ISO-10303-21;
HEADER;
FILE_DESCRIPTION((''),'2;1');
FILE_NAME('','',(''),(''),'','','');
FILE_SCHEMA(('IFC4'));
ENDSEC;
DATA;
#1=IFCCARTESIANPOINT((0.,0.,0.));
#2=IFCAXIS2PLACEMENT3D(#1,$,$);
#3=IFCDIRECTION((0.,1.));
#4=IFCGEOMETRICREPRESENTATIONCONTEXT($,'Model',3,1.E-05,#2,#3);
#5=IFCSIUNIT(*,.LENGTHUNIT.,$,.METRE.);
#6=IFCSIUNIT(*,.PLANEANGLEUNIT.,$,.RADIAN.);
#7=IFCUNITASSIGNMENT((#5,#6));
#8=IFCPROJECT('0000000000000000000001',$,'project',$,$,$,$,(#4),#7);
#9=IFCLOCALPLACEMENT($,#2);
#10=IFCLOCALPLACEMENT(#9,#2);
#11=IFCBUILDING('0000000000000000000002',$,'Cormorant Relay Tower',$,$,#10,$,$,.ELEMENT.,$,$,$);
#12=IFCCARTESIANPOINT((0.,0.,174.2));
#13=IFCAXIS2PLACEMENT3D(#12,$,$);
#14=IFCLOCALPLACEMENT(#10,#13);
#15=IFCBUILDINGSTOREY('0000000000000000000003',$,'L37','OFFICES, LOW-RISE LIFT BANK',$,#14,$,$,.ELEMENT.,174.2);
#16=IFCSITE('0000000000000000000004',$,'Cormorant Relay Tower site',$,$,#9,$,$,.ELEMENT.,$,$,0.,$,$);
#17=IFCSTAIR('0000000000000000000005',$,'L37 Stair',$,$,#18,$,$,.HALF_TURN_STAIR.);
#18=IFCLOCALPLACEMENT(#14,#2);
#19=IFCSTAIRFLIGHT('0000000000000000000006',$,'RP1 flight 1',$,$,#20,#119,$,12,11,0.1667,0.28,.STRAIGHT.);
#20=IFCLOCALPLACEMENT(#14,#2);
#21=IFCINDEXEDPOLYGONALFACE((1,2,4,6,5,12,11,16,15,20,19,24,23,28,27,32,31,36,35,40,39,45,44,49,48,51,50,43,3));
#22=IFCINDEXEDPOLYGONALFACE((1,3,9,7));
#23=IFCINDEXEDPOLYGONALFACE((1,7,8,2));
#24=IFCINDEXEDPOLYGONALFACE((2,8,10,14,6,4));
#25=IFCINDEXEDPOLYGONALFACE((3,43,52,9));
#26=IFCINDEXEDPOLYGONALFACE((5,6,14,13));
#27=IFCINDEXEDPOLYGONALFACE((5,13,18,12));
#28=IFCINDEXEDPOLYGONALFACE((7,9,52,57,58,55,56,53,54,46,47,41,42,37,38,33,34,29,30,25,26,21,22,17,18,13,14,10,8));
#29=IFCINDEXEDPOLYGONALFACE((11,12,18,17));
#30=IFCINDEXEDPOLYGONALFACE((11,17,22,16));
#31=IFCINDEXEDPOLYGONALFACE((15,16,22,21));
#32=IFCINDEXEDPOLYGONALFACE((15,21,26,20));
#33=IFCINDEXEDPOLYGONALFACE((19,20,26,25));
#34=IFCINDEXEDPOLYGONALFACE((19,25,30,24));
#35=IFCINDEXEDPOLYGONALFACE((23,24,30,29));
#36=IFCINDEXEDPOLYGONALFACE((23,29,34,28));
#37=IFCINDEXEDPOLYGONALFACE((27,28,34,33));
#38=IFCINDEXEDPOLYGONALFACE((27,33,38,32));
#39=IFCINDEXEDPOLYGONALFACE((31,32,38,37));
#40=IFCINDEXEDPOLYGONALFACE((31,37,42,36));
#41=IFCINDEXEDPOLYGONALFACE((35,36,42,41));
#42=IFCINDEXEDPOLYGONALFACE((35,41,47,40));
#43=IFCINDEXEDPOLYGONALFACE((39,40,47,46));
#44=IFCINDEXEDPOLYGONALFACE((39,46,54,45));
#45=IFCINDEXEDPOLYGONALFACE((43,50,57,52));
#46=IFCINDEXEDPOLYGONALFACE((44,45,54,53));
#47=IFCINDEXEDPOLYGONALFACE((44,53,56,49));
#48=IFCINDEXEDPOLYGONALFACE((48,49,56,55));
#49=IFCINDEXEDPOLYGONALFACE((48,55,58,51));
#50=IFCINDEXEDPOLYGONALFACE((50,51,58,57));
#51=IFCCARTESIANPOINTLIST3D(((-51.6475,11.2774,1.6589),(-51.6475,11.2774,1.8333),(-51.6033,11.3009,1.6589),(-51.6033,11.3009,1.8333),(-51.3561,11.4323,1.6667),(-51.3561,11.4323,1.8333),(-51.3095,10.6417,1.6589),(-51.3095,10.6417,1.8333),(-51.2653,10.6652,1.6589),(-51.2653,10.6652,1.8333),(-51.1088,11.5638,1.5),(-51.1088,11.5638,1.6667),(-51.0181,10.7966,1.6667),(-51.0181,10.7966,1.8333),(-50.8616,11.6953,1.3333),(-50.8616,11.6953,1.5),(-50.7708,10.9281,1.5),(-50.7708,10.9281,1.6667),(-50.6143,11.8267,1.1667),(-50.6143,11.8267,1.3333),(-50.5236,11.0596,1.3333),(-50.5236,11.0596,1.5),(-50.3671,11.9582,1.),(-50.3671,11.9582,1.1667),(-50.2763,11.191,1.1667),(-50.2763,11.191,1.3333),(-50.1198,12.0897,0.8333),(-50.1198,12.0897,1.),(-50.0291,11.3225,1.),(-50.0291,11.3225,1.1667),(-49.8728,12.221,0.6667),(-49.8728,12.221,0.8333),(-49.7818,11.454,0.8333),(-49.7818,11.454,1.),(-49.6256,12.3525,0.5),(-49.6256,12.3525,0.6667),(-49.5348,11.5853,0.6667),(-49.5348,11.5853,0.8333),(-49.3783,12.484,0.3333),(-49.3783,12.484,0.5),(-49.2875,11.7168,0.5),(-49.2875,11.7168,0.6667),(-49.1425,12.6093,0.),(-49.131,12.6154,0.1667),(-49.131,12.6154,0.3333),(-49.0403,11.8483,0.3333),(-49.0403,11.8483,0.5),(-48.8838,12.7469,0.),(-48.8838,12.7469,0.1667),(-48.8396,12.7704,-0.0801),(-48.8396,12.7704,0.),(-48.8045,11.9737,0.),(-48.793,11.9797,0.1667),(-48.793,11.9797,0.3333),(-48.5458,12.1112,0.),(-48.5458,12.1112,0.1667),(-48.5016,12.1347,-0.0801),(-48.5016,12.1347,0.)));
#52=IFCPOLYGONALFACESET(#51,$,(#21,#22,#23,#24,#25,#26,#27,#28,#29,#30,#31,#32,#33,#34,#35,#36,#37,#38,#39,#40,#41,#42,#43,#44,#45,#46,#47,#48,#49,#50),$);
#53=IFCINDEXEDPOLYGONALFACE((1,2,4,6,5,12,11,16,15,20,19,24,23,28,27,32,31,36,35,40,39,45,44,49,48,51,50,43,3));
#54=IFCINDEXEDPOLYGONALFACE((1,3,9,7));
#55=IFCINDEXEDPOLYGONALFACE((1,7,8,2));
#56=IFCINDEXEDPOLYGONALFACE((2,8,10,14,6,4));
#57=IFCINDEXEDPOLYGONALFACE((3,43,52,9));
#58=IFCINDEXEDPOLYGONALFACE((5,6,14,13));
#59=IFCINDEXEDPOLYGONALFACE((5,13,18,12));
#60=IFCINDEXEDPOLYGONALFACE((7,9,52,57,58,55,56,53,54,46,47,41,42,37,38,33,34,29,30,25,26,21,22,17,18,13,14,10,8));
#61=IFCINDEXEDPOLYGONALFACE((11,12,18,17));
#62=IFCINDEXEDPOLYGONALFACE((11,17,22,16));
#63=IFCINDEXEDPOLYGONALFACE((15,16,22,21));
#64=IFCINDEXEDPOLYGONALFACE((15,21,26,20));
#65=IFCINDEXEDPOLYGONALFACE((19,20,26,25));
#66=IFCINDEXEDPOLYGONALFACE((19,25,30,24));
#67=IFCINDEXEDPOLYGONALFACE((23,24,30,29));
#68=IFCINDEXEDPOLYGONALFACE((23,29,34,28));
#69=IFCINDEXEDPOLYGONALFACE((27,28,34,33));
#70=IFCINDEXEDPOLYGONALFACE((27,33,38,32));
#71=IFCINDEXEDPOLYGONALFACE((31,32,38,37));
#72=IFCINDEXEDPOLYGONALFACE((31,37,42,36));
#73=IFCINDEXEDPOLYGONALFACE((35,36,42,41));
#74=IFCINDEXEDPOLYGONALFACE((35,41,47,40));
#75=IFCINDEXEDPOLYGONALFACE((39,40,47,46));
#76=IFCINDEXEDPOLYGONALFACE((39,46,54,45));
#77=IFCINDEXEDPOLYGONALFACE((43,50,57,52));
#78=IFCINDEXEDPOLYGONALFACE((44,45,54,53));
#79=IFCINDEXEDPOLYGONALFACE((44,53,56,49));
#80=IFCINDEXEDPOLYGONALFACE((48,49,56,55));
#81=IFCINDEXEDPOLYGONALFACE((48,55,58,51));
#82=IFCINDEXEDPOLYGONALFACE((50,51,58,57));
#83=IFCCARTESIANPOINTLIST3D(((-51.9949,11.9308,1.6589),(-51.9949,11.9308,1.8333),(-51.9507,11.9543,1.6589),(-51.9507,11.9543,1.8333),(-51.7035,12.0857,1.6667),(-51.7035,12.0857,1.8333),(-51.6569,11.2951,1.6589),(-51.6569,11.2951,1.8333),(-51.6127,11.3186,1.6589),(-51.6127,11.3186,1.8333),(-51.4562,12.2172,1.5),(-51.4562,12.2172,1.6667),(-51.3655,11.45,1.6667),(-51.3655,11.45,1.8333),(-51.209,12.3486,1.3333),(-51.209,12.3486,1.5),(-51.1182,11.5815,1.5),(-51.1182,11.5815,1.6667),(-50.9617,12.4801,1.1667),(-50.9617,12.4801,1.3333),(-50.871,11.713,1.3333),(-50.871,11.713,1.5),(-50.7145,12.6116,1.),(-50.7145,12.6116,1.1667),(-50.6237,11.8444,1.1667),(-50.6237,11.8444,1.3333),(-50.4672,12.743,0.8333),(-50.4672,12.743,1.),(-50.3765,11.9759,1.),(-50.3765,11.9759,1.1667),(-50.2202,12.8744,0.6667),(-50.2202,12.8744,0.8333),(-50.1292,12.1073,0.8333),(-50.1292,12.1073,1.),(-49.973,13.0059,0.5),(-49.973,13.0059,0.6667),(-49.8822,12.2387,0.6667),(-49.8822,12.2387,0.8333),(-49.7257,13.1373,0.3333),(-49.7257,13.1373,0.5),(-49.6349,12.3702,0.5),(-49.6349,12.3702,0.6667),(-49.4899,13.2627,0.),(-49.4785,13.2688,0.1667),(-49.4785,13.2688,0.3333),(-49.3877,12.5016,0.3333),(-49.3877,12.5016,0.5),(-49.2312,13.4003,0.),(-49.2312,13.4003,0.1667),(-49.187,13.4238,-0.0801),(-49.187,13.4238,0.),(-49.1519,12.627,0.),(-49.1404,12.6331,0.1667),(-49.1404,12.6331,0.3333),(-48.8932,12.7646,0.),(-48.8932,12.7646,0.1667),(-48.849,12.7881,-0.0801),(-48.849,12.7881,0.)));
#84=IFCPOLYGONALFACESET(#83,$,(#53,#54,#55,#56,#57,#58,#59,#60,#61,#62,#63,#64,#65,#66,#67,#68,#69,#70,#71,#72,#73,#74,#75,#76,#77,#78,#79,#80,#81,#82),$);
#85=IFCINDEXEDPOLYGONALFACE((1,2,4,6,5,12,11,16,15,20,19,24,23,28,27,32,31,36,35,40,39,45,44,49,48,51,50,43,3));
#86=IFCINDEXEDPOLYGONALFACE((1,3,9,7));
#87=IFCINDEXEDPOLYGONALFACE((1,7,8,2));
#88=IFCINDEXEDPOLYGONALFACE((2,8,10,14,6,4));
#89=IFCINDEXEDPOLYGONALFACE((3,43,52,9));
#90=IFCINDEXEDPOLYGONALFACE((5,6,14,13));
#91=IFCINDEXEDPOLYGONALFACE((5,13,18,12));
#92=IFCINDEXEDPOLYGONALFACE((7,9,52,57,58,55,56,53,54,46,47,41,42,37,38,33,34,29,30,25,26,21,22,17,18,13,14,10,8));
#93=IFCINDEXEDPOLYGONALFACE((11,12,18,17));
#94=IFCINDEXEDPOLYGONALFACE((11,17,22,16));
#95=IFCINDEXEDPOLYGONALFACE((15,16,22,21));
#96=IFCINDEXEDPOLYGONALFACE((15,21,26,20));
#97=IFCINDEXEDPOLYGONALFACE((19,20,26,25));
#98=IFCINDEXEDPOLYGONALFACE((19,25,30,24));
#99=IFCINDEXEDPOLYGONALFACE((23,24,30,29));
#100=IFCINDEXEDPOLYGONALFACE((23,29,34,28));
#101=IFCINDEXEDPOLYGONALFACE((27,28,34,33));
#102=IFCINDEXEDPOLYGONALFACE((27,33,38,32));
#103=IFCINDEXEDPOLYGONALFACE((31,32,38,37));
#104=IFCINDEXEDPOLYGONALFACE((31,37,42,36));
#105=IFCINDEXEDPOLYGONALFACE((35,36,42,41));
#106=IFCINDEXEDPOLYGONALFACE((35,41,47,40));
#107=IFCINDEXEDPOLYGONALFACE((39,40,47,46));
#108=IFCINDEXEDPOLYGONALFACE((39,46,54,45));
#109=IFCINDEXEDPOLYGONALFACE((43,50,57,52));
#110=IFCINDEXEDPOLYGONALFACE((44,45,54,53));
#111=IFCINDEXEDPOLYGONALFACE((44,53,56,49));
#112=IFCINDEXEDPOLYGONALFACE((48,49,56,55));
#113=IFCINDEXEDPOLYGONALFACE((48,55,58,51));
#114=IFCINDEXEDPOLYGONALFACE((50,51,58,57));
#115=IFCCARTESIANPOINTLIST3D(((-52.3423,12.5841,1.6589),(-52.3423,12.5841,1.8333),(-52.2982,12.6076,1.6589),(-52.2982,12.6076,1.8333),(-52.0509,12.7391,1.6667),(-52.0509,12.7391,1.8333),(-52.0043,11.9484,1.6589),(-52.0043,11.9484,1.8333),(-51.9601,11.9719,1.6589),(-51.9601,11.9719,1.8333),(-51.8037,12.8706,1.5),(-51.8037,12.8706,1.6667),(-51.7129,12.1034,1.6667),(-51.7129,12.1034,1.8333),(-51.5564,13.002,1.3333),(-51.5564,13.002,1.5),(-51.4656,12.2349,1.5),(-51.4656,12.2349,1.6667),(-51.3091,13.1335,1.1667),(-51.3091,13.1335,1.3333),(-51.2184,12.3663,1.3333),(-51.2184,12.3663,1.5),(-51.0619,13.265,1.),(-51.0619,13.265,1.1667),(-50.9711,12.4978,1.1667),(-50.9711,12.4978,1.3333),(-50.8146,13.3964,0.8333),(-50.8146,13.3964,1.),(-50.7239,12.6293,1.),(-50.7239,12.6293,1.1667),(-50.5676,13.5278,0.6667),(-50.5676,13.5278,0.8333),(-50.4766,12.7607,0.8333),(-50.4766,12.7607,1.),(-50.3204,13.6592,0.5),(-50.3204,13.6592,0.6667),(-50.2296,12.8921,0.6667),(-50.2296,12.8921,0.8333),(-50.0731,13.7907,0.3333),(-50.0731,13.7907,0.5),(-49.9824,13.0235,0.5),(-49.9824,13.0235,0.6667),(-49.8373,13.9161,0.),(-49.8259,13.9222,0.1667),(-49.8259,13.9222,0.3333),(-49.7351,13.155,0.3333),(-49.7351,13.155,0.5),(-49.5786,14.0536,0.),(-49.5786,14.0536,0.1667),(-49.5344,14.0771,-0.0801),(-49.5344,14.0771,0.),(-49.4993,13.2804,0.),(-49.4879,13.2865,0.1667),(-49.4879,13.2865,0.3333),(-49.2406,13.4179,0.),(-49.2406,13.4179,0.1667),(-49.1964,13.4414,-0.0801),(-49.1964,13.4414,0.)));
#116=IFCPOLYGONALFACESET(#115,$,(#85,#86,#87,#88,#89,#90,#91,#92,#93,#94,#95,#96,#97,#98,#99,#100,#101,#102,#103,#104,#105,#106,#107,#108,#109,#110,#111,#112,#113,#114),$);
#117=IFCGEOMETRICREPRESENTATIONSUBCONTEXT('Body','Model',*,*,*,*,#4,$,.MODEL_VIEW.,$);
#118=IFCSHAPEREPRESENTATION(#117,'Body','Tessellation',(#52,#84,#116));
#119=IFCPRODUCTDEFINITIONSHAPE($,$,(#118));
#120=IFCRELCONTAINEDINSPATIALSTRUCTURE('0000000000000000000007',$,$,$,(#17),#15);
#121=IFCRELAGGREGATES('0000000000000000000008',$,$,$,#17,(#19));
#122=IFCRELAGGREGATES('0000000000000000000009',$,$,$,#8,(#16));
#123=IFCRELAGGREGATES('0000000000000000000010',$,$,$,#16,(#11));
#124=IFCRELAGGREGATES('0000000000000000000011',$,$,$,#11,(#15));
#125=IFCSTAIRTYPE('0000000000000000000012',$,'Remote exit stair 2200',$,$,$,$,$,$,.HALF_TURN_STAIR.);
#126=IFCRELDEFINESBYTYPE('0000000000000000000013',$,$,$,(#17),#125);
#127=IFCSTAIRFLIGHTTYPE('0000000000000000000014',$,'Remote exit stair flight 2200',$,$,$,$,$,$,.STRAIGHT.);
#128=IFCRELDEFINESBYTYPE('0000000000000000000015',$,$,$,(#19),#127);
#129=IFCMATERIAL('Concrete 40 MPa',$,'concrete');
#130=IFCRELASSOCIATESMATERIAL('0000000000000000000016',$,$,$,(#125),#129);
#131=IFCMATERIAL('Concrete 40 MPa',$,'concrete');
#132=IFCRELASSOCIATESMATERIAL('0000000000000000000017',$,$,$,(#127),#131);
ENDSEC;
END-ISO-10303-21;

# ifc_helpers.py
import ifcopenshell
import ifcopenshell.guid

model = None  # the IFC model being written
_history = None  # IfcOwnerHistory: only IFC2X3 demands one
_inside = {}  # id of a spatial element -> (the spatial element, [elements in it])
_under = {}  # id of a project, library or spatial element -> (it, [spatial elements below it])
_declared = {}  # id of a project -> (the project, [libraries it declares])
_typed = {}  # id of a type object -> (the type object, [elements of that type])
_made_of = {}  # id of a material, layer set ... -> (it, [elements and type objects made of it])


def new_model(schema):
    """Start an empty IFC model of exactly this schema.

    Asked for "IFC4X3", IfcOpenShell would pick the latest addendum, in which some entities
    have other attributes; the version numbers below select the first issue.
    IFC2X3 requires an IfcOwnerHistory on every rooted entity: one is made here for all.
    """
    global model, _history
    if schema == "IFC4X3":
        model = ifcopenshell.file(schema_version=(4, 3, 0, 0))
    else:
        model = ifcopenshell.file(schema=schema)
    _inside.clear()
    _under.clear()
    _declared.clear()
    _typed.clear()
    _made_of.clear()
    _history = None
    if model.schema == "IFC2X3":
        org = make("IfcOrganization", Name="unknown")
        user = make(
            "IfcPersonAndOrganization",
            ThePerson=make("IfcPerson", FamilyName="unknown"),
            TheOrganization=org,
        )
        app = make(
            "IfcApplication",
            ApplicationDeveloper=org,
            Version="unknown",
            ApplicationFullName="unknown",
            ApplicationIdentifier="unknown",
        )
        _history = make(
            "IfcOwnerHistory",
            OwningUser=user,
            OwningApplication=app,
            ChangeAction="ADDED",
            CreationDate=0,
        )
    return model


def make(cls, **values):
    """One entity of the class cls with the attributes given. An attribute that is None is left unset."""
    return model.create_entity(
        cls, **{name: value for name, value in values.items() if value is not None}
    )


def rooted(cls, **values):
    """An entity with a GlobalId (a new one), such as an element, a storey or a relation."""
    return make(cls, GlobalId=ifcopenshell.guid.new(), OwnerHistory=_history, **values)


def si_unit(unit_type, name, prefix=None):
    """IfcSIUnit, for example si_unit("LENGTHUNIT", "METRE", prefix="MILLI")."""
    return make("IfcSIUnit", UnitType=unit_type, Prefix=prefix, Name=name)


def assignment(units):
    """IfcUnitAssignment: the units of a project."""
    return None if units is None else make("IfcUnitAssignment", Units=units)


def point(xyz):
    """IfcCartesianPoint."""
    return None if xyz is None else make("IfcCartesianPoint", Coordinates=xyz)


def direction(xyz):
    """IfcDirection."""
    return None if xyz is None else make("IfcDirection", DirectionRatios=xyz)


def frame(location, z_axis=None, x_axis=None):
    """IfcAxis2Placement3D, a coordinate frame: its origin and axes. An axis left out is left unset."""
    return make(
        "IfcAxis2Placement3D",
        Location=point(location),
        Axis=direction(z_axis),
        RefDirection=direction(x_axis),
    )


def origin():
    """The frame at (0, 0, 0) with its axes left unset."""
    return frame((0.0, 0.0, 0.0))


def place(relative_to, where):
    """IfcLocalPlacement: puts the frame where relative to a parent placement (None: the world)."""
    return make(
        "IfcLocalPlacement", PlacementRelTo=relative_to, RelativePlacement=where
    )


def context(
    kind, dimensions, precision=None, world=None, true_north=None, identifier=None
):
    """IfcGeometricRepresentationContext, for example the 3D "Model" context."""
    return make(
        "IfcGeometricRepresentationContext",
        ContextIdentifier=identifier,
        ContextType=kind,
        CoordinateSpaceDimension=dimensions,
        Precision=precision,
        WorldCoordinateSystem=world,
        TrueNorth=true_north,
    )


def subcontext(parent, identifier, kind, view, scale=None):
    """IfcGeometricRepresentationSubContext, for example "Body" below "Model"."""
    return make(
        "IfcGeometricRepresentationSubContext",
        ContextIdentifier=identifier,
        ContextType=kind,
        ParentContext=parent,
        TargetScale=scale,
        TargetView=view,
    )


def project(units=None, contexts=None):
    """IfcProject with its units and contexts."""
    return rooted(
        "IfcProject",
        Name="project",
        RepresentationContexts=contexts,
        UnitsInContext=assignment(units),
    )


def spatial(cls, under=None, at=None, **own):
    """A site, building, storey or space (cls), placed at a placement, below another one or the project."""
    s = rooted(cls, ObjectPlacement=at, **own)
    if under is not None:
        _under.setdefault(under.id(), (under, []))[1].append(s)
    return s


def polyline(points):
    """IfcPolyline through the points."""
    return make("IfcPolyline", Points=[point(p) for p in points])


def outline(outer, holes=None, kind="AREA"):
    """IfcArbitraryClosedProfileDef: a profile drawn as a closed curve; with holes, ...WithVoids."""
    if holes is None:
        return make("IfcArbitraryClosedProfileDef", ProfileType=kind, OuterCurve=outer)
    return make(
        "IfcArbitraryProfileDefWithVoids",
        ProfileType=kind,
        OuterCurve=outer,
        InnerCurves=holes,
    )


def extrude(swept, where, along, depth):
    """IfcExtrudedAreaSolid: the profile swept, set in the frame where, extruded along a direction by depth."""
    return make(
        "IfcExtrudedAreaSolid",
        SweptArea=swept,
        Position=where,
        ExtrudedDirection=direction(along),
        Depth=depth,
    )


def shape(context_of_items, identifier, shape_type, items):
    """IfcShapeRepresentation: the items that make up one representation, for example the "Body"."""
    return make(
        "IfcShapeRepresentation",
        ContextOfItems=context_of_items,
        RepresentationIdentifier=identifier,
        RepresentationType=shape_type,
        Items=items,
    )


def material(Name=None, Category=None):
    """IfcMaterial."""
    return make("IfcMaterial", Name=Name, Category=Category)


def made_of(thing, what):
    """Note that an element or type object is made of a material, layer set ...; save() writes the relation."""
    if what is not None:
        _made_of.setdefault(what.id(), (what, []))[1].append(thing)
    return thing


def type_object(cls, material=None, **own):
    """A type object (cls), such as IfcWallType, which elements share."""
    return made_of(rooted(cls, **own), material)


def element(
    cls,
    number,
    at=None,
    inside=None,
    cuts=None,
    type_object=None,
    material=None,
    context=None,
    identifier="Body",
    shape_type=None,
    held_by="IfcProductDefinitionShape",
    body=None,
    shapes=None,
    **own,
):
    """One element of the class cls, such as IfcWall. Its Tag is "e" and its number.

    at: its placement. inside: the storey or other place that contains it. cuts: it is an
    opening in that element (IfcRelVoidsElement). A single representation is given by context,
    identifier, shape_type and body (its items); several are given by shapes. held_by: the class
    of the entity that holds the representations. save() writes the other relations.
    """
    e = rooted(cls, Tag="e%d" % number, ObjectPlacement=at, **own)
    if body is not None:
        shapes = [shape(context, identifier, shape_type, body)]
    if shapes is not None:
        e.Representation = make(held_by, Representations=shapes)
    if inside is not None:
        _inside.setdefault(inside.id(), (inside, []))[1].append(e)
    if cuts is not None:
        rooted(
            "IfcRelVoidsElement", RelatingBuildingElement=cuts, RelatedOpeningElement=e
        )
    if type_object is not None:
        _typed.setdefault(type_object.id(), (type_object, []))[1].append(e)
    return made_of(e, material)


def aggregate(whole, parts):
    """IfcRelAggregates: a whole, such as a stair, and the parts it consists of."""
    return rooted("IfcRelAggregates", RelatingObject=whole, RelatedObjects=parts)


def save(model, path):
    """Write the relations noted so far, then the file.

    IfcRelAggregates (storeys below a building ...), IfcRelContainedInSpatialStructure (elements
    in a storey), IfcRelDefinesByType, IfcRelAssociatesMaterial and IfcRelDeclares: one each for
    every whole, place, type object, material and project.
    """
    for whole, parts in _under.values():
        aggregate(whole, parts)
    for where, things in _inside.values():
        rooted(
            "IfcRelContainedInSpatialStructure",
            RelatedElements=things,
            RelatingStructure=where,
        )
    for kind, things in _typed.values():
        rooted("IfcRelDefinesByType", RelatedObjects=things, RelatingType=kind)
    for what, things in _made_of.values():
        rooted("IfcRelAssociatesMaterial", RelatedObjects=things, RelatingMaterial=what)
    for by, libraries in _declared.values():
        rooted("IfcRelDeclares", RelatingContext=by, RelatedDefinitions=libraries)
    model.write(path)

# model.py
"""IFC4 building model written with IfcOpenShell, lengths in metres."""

from ifc_helpers import new_model, si_unit, direction, frame, origin, place, context, subcontext, project, spatial, polyline, outline, extrude, material, type_object, element, aggregate, save


model = new_model("IFC4")

# Units and contexts
model_context = context("Model", 3, precision=1e-05, world=origin(), true_north=direction((0.0, 1.0)))
body_context = subcontext(model_context, "Body", "Model", "MODEL_VIEW")
ifc_project = project(units=[si_unit("LENGTHUNIT", "METRE"), si_unit("PLANEANGLEUNIT", "RADIAN")], contexts=[model_context])

# Site, building, storey
site_placement = place(None, origin())
site = spatial("IfcSite", under=ifc_project, at=site_placement, Name="Cormorant Relay Tower site", CompositionType="ELEMENT", RefElevation=0.0)
building_placement = place(site_placement, origin())
building = spatial("IfcBuilding", under=site, at=building_placement, Name="Cormorant Relay Tower", CompositionType="ELEMENT")
storey_placement = place(building_placement, frame((0.0, 0.0, 174.2)))
storey = spatial("IfcBuildingStorey", under=building, at=storey_placement, Name="L37", Description="OFFICES, LOW-RISE LIFT BANK", CompositionType="ELEMENT", Elevation=174.2)

# Stair, stair flight
ifc_material_1 = material(Name="Concrete 40 MPa", Category="concrete")
stair_type = type_object("IfcStairType", Name="Remote exit stair 2200", PredefinedType="HALF_TURN_STAIR", material=ifc_material_1)
stair_placement = place(storey_placement, origin())
stair = element("IfcStair", 1, at=stair_placement, inside=storey, type_object=stair_type, Name="L37 Stair", PredefinedType="HALF_TURN_STAIR")
ifc_material_2 = material(Name="Concrete 40 MPa", Category="concrete")
stair_flight_type = type_object("IfcStairFlightType", Name="Remote exit stair flight 2200", PredefinedType="STRAIGHT", material=ifc_material_2)
stair_flight_1_placement = place(storey_placement, frame((-49.0623, 13.0825, 0.0), z_axis=(0.0, 0.0, 1.0), x_axis=(-0.882948, -0.469472, 0.0)))
stair_flight_1 = element("IfcStairFlight", 2, at=stair_flight_1_placement, type_object=stair_flight_type, Name="RP1 flight 1", NumberOfRisers=12, NumberOfTreads=11, PredefinedType="STRAIGHT", RiserHeight=0.1667, TreadLength=0.28, context=body_context, shape_type="SweptSolid", body=[
    extrude(outline(polyline([(-0.05, -0.0801), (-0.05, 0.0), (0.0, 0.0), (0.0, 0.1667), (0.28, 0.1667), (0.28, 0.3333), (0.5601, 0.3333), (0.5601, 0.5), (0.8401, 0.5), (0.8401, 0.6667), (1.1201, 0.6667), (1.1201, 0.8333), (1.3999, 0.8333), (1.3999, 1.0), (1.6799, 1.0), (1.6799, 1.1667), (1.96, 1.1667), (1.96, 1.3333), (2.24, 1.3333), (2.24, 1.5), (2.52, 1.5), (2.52, 1.6667), (2.8, 1.6667), (2.8, 1.8333), (3.0801, 1.8333), (3.1301, 1.8333), (3.1301, 1.6589), (3.0801, 1.6589), (0.293, 0.0), (-0.05, -0.0801)])), frame((0.0, 1.1001, 0.0), z_axis=(0.0, -1.0, 0.0), x_axis=(1.0, 0.0, 0.0)), (0.0, 0.0, 1.0), 0.72),
    extrude(outline(polyline([(-0.05, -0.0801), (-0.05, 0.0), (0.0, 0.0), (0.0, 0.1667), (0.28, 0.1667), (0.28, 0.3333), (0.5601, 0.3333), (0.5601, 0.5), (0.8401, 0.5), (0.8401, 0.6667), (1.1201, 0.6667), (1.1201, 0.8333), (1.3999, 0.8333), (1.3999, 1.0), (1.6799, 1.0), (1.6799, 1.1667), (1.96, 1.1667), (1.96, 1.3333), (2.24, 1.3333), (2.24, 1.5), (2.52, 1.5), (2.52, 1.6667), (2.8, 1.6667), (2.8, 1.8333), (3.0801, 1.8333), (3.1301, 1.8333), (3.1301, 1.6589), (3.0801, 1.6589), (0.293, 0.0), (-0.05, -0.0801)])), frame((0.0, 0.3601, 0.0), z_axis=(0.0, -1.0, 0.0), x_axis=(1.0, 0.0, 0.0)), (0.0, 0.0, 1.0), 0.72),
    extrude(outline(polyline([(-0.05, -0.0801), (-0.05, 0.0), (0.0, 0.0), (0.0, 0.1667), (0.28, 0.1667), (0.28, 0.3333), (0.5601, 0.3333), (0.5601, 0.5), (0.8401, 0.5), (0.8401, 0.6667), (1.1201, 0.6667), (1.1201, 0.8333), (1.3999, 0.8333), (1.3999, 1.0), (1.6799, 1.0), (1.6799, 1.1667), (1.96, 1.1667), (1.96, 1.3333), (2.24, 1.3333), (2.24, 1.5), (2.52, 1.5), (2.52, 1.6667), (2.8, 1.6667), (2.8, 1.8333), (3.0801, 1.8333), (3.1301, 1.8333), (3.1301, 1.6589), (3.0801, 1.6589), (0.293, 0.0), (-0.05, -0.0801)])), frame((0.0, -0.3799, 0.0), z_axis=(0.0, -1.0, 0.0), x_axis=(1.0, 0.0, 0.0)), (0.0, 0.0, 1.0), 0.72),
])
aggregate(stair, [stair_flight_1])

save(model, "model.ifc")
